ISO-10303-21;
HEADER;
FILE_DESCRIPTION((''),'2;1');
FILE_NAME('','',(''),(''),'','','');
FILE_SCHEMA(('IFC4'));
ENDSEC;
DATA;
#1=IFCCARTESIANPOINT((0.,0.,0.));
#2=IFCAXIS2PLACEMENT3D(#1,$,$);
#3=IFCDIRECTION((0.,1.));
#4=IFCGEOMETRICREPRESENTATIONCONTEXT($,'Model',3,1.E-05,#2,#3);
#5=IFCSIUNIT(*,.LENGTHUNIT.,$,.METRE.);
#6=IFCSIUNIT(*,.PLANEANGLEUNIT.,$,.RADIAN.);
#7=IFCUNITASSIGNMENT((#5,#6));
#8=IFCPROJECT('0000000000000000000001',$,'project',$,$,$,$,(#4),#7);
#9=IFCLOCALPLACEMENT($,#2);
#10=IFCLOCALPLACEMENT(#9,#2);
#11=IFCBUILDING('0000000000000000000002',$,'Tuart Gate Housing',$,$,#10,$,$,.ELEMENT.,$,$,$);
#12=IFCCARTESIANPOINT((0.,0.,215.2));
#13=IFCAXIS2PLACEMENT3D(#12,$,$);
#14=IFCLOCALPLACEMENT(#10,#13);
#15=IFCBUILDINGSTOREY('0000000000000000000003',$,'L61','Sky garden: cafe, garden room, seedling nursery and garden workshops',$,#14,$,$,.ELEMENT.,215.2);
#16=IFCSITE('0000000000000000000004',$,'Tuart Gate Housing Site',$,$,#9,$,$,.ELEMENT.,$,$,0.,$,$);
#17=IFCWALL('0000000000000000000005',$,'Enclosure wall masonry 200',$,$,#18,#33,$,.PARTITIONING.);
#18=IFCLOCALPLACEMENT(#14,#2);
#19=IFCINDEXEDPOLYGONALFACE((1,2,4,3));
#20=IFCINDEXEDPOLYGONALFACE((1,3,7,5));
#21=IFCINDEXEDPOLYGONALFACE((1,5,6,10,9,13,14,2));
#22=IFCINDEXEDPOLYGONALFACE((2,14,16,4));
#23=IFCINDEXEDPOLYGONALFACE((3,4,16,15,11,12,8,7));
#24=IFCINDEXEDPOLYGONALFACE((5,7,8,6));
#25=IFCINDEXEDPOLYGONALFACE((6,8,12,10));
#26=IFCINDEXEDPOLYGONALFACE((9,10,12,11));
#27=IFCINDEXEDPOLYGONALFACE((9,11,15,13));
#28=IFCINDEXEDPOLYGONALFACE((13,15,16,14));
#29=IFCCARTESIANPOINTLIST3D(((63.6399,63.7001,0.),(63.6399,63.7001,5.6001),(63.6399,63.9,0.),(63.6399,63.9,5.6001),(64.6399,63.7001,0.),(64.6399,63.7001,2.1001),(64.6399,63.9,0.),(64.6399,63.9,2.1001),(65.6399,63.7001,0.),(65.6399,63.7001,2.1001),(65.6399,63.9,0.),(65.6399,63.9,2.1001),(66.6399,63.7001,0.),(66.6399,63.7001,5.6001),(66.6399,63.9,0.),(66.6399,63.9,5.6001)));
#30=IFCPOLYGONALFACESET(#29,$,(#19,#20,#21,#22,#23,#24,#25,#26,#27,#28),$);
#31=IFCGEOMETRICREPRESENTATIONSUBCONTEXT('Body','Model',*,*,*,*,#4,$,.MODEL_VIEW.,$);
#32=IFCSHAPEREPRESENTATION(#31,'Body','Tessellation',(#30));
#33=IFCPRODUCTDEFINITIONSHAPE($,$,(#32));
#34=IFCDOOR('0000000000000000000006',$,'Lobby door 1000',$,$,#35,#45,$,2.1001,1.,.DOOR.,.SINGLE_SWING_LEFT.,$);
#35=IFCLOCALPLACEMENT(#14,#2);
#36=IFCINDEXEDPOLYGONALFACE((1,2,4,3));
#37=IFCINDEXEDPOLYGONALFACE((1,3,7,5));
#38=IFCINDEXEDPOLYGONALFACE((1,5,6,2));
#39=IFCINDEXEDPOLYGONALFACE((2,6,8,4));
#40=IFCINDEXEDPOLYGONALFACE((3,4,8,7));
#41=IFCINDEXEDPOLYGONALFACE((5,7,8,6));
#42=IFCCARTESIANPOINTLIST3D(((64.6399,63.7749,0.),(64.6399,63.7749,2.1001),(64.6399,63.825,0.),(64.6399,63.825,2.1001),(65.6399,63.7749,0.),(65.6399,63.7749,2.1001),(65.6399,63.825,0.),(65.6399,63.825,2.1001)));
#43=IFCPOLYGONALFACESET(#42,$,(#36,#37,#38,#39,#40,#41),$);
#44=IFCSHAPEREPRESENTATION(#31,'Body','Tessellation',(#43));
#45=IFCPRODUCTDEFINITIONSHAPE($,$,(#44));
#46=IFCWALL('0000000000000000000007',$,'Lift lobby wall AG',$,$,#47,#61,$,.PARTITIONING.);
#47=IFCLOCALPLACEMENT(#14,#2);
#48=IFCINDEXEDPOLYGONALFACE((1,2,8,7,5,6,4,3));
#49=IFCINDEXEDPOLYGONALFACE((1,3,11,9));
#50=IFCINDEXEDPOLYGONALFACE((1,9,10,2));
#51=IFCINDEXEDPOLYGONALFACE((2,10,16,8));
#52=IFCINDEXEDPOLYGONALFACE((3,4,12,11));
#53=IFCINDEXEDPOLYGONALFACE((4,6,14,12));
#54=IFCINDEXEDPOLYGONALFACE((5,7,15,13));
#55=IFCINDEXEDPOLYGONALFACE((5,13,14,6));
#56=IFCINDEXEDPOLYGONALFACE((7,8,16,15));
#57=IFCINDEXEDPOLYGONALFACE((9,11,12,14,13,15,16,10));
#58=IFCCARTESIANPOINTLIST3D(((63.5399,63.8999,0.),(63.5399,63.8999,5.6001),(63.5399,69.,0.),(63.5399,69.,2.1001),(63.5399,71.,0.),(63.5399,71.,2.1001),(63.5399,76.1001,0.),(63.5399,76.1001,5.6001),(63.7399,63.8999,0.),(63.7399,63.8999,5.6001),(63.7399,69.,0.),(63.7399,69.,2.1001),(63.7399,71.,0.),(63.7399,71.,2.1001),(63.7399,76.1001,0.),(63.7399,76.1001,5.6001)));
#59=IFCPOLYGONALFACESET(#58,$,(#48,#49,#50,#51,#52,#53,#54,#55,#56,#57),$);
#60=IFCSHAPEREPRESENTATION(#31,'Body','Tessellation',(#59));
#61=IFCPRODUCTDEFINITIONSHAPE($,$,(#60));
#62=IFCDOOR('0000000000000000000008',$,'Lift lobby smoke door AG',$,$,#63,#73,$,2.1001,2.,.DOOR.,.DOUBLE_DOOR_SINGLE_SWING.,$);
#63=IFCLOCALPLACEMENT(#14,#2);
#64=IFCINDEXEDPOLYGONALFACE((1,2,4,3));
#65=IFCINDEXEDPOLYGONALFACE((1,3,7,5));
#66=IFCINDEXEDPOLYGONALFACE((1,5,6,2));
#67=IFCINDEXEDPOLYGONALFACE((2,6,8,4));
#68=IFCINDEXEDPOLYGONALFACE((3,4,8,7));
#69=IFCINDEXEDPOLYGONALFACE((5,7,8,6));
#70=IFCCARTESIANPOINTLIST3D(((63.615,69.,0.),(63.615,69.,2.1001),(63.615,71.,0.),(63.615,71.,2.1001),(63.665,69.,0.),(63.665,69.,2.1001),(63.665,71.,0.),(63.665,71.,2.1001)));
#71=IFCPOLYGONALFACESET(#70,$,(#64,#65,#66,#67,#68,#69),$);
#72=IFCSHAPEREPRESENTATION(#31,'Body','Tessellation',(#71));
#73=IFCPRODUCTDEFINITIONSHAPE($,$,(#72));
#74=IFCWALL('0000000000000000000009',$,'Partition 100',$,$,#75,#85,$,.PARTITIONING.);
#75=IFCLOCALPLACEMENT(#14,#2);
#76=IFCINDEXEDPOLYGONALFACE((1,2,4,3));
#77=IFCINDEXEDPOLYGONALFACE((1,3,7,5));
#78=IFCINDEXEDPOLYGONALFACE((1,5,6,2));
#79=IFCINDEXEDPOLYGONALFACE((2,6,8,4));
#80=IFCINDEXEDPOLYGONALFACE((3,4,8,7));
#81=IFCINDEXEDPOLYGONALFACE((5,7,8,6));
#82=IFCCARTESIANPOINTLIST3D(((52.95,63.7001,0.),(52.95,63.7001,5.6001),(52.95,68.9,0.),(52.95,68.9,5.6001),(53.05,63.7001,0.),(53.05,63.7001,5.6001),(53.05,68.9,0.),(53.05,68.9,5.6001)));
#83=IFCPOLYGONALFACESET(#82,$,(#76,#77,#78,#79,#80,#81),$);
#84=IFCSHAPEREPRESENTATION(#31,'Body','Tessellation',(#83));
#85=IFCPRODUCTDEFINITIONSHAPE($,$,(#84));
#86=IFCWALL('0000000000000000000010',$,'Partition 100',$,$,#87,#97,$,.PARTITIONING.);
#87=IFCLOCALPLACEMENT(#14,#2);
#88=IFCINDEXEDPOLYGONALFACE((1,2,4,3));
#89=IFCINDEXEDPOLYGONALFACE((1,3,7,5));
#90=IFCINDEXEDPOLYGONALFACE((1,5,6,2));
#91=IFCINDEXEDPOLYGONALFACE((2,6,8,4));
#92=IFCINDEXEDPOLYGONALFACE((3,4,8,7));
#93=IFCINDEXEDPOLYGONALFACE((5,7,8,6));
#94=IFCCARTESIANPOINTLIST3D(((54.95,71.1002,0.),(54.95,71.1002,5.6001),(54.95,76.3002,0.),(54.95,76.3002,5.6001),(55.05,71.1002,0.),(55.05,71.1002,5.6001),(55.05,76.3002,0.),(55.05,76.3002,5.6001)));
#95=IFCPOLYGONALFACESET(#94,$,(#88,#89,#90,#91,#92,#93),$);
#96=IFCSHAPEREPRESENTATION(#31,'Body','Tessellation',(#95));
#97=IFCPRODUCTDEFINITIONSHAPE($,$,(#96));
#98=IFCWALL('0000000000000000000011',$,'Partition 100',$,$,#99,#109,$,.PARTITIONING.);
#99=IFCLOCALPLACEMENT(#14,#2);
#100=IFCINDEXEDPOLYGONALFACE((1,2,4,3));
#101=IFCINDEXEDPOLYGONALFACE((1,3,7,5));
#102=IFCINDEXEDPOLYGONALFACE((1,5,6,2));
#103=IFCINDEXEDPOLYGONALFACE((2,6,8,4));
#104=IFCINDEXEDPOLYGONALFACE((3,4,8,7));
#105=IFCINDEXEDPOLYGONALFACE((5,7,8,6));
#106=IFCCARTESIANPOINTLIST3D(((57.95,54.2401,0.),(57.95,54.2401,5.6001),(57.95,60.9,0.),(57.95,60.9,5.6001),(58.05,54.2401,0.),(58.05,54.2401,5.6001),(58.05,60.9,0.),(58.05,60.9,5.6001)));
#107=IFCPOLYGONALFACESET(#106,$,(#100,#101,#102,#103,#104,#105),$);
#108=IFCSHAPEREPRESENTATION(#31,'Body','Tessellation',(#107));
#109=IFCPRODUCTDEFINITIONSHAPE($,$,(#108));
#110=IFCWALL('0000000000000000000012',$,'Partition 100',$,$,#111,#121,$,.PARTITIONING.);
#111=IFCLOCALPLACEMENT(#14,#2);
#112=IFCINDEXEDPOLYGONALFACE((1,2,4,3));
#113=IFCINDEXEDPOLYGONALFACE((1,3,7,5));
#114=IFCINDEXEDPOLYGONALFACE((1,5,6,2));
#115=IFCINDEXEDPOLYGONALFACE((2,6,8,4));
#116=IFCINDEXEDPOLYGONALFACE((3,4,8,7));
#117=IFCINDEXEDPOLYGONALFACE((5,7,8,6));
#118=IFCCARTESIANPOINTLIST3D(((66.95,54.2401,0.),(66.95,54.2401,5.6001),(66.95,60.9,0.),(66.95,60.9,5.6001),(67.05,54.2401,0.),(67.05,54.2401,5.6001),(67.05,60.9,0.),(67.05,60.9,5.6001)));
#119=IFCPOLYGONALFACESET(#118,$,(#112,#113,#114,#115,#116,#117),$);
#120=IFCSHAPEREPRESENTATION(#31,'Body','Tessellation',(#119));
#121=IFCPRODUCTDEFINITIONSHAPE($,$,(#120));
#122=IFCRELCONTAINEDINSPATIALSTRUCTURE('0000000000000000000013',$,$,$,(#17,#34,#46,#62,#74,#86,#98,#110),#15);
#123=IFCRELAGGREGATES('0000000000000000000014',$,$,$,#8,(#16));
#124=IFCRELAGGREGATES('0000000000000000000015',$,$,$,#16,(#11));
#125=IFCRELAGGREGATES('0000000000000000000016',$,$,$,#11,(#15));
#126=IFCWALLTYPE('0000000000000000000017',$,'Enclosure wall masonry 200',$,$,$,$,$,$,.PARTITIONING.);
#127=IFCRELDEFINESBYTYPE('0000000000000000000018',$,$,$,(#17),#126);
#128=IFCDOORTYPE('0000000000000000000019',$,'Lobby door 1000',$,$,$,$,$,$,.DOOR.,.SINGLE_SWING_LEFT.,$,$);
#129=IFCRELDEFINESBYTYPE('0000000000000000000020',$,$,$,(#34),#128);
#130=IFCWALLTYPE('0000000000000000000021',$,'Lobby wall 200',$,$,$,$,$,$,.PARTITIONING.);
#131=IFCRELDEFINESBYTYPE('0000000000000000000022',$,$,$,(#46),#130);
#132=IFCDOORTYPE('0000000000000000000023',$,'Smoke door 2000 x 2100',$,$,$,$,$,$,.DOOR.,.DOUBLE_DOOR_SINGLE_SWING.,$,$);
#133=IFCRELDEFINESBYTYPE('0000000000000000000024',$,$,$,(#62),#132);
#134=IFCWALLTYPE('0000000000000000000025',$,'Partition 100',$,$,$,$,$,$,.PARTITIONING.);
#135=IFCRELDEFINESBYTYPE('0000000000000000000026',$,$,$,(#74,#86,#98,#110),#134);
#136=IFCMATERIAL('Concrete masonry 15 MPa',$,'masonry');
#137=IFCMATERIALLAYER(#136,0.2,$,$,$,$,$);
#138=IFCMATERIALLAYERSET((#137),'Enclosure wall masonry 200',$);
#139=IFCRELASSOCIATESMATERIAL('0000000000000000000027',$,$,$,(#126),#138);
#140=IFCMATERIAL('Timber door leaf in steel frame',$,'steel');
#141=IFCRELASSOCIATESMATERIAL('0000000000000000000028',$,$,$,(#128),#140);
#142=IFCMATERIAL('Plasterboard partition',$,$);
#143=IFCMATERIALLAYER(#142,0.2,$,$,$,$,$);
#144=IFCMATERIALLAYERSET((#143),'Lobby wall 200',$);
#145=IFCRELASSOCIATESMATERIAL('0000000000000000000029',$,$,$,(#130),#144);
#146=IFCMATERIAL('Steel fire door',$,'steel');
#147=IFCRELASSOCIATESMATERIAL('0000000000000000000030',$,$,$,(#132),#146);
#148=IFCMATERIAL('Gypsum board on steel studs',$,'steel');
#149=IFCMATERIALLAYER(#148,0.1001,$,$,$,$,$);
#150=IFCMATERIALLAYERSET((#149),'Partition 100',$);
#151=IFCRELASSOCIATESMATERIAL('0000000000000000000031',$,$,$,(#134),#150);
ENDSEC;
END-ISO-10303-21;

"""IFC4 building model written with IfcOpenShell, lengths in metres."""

from ifc_helpers import new_model, si_unit, direction, frame, frame_2d, origin, place, context, subcontext, project, spatial, rectangle, extrude, material, layer, layer_set, type_object, element, fill, save


model = new_model("IFC4")

# Units and contexts
model_context = context("Model", 3, precision=1e-05, world=origin(), true_north=direction((0.0, 1.0)))
body_context = subcontext(model_context, "Body", "Model", "MODEL_VIEW")
ifc_project = project(units=[si_unit("LENGTHUNIT", "METRE"), si_unit("PLANEANGLEUNIT", "RADIAN")], contexts=[model_context])

# Site, building, storey
site_placement = place(None, origin())
site = spatial("IfcSite", under=ifc_project, at=site_placement, Name="Tuart Gate Housing Site", CompositionType="ELEMENT", RefElevation=0.0)
building_placement = place(site_placement, origin())
building = spatial("IfcBuilding", under=site, at=building_placement, Name="Tuart Gate Housing", CompositionType="ELEMENT")
storey_placement = place(building_placement, frame((0.0, 0.0, 215.2)))
storey = spatial("IfcBuildingStorey", under=building, at=storey_placement, Name="L61", Description="Sky garden: cafe, garden room, seedling nursery and garden workshops", CompositionType="ELEMENT", Elevation=215.2)

# Walls, openings, doors
ifc_material_1 = material(Name="Concrete masonry 15 MPa", Category="masonry")
ifc_layer_1 = layer(ifc_material_1, 0.2)
ifc_layer_set_1 = layer_set([ifc_layer_1], Name="Enclosure wall masonry 200")
wall_type_1 = type_object("IfcWallType", Name="Enclosure wall masonry 200", PredefinedType="PARTITIONING", material=ifc_layer_set_1)
wall_1_placement = place(storey_placement, frame((63.6399, 63.8, 0.0), z_axis=(0.0, 0.0, 1.0), x_axis=(1.0, 0.0, 0.0)))
wall_1 = element("IfcWall", 1, at=wall_1_placement, inside=storey, type_object=wall_type_1, Name="Enclosure wall masonry 200", PredefinedType="PARTITIONING", context=body_context, shape_type="SweptSolid", body=[
    extrude(rectangle(XDim=3.0, YDim=0.2, at=frame_2d((1.5, 0.0))), origin(), (0.0, 0.0, 1.0), 5.6001),
])
opening_1_placement = place(wall_1_placement, frame((1.0, 0.0, 0.0)))
opening_1 = element("IfcOpeningElement", 2, at=opening_1_placement, cuts=wall_1, PredefinedType="OPENING", context=body_context, shape_type="SweptSolid", body=[
    extrude(rectangle(XDim=1.0, YDim=2.1001, at=frame_2d((0.5, 1.05))), frame((0.0, 0.1099, 0.0), z_axis=(0.0, -1.0, 0.0), x_axis=(1.0, 0.0, 0.0)), (0.0, 0.0, 1.0), 0.22),
])
ifc_material_2 = material(Name="Timber door leaf in steel frame", Category="steel")
door_type_1 = type_object("IfcDoorType", Name="Lobby door 1000", OperationType="SINGLE_SWING_LEFT", PredefinedType="DOOR", material=ifc_material_2)
door_1_placement = place(opening_1_placement, origin())
door_1 = element("IfcDoor", 3, at=door_1_placement, inside=storey, type_object=door_type_1, Name="Lobby door 1000", OperationType="SINGLE_SWING_LEFT", OverallHeight=2.1001, OverallWidth=1.0, PredefinedType="DOOR", context=body_context, shape_type="SweptSolid", body=[
    extrude(rectangle(XDim=1.0, YDim=2.1001, at=frame_2d((0.5, 1.05))), frame((0.0, 0.0249, 0.0), z_axis=(0.0, -1.0, 0.0), x_axis=(1.0, 0.0, 0.0)), (0.0, 0.0, 1.0), 0.05),
])
fill(opening_1, door_1)
ifc_material_3 = material(Name="Plasterboard partition")
ifc_layer_2 = layer(ifc_material_3, 0.2)
ifc_layer_set_2 = layer_set([ifc_layer_2], Name="Lobby wall 200")
wall_type_2 = type_object("IfcWallType", Name="Lobby wall 200", PredefinedType="PARTITIONING", material=ifc_layer_set_2)
wall_2_placement = place(storey_placement, frame((63.6399, 63.8999, 0.0), z_axis=(0.0, 0.0, 1.0), x_axis=(0.0, 1.0, 0.0)))
wall_2 = element("IfcWall", 4, at=wall_2_placement, inside=storey, type_object=wall_type_2, Name="Lift lobby wall AG", PredefinedType="PARTITIONING", context=body_context, shape_type="SweptSolid", body=[
    extrude(rectangle(XDim=12.2002, YDim=0.2, at=frame_2d((6.1001, 0.0))), origin(), (0.0, 0.0, 1.0), 5.6001),
])
opening_2_placement = place(wall_2_placement, frame((5.1001, 0.0, 0.0)))
opening_2 = element("IfcOpeningElement", 5, at=opening_2_placement, cuts=wall_2, PredefinedType="OPENING", context=body_context, shape_type="SweptSolid", body=[
    extrude(rectangle(XDim=2.0, YDim=2.1001, at=frame_2d((1.0, 1.05))), frame((0.0, 0.1099, 0.0), z_axis=(0.0, -1.0, 0.0), x_axis=(1.0, 0.0, 0.0)), (0.0, 0.0, 1.0), 0.22),
])
ifc_material_4 = material(Name="Steel fire door", Category="steel")
door_type_2 = type_object("IfcDoorType", Name="Smoke door 2000 x 2100", OperationType="DOUBLE_DOOR_SINGLE_SWING", PredefinedType="DOOR", material=ifc_material_4)
door_2_placement = place(opening_2_placement, frame((2.0, 0.0, 0.0), z_axis=(0.0, 0.0, 1.0), x_axis=(-1.0, 0.0, 0.0)))
door_2 = element("IfcDoor", 6, at=door_2_placement, inside=storey, type_object=door_type_2, Name="Lift lobby smoke door AG", OperationType="DOUBLE_DOOR_SINGLE_SWING", OverallHeight=2.1001, OverallWidth=2.0, PredefinedType="DOOR", context=body_context, shape_type="SweptSolid", body=[
    extrude(rectangle(XDim=2.0, YDim=2.1001, at=frame_2d((1.0, 1.05))), frame((0.0, 0.0251, 0.0), z_axis=(0.0, -1.0, 0.0), x_axis=(1.0, 0.0, 0.0)), (0.0, 0.0, 1.0), 0.05),
])
fill(opening_2, door_2)

# Walls
ifc_material_5 = material(Name="Gypsum board on steel studs", Category="steel")
ifc_layer_3 = layer(ifc_material_5, 0.1001)
ifc_layer_set_3 = layer_set([ifc_layer_3], Name="Partition 100")
wall_type_3 = type_object("IfcWallType", Name="Partition 100", PredefinedType="PARTITIONING", material=ifc_layer_set_3)
for number, where, z_axis, x_axis, name in (
    (7, (53.0, 63.7, 0.0), (0.0, 0.0, 1.0), (0.0, 1.0, 0.0), "Partition 100"),
    (8, (55.0, 71.1001, 0.0), (0.0, 0.0, 1.0), (0.0, 1.0, 0.0), "Partition 100"),
):
    element("IfcWall", number, at=place(storey_placement, frame(where, z_axis=z_axis, x_axis=x_axis)), inside=storey, type_object=wall_type_3, Name=name, PredefinedType="PARTITIONING", context=body_context, shape_type="SweptSolid", body=[
        extrude(rectangle(XDim=5.2, YDim=0.1001, at=frame_2d((2.6001, 0.0))), origin(), (0.0, 0.0, 1.0), 5.6001),
    ])
for number, where, z_axis, x_axis, name in (
    (9, (58.0, 54.24, 0.0), (0.0, 0.0, 1.0), (0.0, 1.0, 0.0), "Partition 100"),
    (10, (67.0, 54.24, 0.0), (0.0, 0.0, 1.0), (0.0, 1.0, 0.0), "Partition 100"),
):
    element("IfcWall", number, at=place(storey_placement, frame(where, z_axis=z_axis, x_axis=x_axis)), inside=storey, type_object=wall_type_3, Name=name, PredefinedType="PARTITIONING", context=body_context, shape_type="SweptSolid", body=[
        extrude(rectangle(XDim=6.6599, YDim=0.1001, at=frame_2d((3.3301, 0.0))), origin(), (0.0, 0.0, 1.0), 5.6001),
    ])

save(model, "model.ifc")
